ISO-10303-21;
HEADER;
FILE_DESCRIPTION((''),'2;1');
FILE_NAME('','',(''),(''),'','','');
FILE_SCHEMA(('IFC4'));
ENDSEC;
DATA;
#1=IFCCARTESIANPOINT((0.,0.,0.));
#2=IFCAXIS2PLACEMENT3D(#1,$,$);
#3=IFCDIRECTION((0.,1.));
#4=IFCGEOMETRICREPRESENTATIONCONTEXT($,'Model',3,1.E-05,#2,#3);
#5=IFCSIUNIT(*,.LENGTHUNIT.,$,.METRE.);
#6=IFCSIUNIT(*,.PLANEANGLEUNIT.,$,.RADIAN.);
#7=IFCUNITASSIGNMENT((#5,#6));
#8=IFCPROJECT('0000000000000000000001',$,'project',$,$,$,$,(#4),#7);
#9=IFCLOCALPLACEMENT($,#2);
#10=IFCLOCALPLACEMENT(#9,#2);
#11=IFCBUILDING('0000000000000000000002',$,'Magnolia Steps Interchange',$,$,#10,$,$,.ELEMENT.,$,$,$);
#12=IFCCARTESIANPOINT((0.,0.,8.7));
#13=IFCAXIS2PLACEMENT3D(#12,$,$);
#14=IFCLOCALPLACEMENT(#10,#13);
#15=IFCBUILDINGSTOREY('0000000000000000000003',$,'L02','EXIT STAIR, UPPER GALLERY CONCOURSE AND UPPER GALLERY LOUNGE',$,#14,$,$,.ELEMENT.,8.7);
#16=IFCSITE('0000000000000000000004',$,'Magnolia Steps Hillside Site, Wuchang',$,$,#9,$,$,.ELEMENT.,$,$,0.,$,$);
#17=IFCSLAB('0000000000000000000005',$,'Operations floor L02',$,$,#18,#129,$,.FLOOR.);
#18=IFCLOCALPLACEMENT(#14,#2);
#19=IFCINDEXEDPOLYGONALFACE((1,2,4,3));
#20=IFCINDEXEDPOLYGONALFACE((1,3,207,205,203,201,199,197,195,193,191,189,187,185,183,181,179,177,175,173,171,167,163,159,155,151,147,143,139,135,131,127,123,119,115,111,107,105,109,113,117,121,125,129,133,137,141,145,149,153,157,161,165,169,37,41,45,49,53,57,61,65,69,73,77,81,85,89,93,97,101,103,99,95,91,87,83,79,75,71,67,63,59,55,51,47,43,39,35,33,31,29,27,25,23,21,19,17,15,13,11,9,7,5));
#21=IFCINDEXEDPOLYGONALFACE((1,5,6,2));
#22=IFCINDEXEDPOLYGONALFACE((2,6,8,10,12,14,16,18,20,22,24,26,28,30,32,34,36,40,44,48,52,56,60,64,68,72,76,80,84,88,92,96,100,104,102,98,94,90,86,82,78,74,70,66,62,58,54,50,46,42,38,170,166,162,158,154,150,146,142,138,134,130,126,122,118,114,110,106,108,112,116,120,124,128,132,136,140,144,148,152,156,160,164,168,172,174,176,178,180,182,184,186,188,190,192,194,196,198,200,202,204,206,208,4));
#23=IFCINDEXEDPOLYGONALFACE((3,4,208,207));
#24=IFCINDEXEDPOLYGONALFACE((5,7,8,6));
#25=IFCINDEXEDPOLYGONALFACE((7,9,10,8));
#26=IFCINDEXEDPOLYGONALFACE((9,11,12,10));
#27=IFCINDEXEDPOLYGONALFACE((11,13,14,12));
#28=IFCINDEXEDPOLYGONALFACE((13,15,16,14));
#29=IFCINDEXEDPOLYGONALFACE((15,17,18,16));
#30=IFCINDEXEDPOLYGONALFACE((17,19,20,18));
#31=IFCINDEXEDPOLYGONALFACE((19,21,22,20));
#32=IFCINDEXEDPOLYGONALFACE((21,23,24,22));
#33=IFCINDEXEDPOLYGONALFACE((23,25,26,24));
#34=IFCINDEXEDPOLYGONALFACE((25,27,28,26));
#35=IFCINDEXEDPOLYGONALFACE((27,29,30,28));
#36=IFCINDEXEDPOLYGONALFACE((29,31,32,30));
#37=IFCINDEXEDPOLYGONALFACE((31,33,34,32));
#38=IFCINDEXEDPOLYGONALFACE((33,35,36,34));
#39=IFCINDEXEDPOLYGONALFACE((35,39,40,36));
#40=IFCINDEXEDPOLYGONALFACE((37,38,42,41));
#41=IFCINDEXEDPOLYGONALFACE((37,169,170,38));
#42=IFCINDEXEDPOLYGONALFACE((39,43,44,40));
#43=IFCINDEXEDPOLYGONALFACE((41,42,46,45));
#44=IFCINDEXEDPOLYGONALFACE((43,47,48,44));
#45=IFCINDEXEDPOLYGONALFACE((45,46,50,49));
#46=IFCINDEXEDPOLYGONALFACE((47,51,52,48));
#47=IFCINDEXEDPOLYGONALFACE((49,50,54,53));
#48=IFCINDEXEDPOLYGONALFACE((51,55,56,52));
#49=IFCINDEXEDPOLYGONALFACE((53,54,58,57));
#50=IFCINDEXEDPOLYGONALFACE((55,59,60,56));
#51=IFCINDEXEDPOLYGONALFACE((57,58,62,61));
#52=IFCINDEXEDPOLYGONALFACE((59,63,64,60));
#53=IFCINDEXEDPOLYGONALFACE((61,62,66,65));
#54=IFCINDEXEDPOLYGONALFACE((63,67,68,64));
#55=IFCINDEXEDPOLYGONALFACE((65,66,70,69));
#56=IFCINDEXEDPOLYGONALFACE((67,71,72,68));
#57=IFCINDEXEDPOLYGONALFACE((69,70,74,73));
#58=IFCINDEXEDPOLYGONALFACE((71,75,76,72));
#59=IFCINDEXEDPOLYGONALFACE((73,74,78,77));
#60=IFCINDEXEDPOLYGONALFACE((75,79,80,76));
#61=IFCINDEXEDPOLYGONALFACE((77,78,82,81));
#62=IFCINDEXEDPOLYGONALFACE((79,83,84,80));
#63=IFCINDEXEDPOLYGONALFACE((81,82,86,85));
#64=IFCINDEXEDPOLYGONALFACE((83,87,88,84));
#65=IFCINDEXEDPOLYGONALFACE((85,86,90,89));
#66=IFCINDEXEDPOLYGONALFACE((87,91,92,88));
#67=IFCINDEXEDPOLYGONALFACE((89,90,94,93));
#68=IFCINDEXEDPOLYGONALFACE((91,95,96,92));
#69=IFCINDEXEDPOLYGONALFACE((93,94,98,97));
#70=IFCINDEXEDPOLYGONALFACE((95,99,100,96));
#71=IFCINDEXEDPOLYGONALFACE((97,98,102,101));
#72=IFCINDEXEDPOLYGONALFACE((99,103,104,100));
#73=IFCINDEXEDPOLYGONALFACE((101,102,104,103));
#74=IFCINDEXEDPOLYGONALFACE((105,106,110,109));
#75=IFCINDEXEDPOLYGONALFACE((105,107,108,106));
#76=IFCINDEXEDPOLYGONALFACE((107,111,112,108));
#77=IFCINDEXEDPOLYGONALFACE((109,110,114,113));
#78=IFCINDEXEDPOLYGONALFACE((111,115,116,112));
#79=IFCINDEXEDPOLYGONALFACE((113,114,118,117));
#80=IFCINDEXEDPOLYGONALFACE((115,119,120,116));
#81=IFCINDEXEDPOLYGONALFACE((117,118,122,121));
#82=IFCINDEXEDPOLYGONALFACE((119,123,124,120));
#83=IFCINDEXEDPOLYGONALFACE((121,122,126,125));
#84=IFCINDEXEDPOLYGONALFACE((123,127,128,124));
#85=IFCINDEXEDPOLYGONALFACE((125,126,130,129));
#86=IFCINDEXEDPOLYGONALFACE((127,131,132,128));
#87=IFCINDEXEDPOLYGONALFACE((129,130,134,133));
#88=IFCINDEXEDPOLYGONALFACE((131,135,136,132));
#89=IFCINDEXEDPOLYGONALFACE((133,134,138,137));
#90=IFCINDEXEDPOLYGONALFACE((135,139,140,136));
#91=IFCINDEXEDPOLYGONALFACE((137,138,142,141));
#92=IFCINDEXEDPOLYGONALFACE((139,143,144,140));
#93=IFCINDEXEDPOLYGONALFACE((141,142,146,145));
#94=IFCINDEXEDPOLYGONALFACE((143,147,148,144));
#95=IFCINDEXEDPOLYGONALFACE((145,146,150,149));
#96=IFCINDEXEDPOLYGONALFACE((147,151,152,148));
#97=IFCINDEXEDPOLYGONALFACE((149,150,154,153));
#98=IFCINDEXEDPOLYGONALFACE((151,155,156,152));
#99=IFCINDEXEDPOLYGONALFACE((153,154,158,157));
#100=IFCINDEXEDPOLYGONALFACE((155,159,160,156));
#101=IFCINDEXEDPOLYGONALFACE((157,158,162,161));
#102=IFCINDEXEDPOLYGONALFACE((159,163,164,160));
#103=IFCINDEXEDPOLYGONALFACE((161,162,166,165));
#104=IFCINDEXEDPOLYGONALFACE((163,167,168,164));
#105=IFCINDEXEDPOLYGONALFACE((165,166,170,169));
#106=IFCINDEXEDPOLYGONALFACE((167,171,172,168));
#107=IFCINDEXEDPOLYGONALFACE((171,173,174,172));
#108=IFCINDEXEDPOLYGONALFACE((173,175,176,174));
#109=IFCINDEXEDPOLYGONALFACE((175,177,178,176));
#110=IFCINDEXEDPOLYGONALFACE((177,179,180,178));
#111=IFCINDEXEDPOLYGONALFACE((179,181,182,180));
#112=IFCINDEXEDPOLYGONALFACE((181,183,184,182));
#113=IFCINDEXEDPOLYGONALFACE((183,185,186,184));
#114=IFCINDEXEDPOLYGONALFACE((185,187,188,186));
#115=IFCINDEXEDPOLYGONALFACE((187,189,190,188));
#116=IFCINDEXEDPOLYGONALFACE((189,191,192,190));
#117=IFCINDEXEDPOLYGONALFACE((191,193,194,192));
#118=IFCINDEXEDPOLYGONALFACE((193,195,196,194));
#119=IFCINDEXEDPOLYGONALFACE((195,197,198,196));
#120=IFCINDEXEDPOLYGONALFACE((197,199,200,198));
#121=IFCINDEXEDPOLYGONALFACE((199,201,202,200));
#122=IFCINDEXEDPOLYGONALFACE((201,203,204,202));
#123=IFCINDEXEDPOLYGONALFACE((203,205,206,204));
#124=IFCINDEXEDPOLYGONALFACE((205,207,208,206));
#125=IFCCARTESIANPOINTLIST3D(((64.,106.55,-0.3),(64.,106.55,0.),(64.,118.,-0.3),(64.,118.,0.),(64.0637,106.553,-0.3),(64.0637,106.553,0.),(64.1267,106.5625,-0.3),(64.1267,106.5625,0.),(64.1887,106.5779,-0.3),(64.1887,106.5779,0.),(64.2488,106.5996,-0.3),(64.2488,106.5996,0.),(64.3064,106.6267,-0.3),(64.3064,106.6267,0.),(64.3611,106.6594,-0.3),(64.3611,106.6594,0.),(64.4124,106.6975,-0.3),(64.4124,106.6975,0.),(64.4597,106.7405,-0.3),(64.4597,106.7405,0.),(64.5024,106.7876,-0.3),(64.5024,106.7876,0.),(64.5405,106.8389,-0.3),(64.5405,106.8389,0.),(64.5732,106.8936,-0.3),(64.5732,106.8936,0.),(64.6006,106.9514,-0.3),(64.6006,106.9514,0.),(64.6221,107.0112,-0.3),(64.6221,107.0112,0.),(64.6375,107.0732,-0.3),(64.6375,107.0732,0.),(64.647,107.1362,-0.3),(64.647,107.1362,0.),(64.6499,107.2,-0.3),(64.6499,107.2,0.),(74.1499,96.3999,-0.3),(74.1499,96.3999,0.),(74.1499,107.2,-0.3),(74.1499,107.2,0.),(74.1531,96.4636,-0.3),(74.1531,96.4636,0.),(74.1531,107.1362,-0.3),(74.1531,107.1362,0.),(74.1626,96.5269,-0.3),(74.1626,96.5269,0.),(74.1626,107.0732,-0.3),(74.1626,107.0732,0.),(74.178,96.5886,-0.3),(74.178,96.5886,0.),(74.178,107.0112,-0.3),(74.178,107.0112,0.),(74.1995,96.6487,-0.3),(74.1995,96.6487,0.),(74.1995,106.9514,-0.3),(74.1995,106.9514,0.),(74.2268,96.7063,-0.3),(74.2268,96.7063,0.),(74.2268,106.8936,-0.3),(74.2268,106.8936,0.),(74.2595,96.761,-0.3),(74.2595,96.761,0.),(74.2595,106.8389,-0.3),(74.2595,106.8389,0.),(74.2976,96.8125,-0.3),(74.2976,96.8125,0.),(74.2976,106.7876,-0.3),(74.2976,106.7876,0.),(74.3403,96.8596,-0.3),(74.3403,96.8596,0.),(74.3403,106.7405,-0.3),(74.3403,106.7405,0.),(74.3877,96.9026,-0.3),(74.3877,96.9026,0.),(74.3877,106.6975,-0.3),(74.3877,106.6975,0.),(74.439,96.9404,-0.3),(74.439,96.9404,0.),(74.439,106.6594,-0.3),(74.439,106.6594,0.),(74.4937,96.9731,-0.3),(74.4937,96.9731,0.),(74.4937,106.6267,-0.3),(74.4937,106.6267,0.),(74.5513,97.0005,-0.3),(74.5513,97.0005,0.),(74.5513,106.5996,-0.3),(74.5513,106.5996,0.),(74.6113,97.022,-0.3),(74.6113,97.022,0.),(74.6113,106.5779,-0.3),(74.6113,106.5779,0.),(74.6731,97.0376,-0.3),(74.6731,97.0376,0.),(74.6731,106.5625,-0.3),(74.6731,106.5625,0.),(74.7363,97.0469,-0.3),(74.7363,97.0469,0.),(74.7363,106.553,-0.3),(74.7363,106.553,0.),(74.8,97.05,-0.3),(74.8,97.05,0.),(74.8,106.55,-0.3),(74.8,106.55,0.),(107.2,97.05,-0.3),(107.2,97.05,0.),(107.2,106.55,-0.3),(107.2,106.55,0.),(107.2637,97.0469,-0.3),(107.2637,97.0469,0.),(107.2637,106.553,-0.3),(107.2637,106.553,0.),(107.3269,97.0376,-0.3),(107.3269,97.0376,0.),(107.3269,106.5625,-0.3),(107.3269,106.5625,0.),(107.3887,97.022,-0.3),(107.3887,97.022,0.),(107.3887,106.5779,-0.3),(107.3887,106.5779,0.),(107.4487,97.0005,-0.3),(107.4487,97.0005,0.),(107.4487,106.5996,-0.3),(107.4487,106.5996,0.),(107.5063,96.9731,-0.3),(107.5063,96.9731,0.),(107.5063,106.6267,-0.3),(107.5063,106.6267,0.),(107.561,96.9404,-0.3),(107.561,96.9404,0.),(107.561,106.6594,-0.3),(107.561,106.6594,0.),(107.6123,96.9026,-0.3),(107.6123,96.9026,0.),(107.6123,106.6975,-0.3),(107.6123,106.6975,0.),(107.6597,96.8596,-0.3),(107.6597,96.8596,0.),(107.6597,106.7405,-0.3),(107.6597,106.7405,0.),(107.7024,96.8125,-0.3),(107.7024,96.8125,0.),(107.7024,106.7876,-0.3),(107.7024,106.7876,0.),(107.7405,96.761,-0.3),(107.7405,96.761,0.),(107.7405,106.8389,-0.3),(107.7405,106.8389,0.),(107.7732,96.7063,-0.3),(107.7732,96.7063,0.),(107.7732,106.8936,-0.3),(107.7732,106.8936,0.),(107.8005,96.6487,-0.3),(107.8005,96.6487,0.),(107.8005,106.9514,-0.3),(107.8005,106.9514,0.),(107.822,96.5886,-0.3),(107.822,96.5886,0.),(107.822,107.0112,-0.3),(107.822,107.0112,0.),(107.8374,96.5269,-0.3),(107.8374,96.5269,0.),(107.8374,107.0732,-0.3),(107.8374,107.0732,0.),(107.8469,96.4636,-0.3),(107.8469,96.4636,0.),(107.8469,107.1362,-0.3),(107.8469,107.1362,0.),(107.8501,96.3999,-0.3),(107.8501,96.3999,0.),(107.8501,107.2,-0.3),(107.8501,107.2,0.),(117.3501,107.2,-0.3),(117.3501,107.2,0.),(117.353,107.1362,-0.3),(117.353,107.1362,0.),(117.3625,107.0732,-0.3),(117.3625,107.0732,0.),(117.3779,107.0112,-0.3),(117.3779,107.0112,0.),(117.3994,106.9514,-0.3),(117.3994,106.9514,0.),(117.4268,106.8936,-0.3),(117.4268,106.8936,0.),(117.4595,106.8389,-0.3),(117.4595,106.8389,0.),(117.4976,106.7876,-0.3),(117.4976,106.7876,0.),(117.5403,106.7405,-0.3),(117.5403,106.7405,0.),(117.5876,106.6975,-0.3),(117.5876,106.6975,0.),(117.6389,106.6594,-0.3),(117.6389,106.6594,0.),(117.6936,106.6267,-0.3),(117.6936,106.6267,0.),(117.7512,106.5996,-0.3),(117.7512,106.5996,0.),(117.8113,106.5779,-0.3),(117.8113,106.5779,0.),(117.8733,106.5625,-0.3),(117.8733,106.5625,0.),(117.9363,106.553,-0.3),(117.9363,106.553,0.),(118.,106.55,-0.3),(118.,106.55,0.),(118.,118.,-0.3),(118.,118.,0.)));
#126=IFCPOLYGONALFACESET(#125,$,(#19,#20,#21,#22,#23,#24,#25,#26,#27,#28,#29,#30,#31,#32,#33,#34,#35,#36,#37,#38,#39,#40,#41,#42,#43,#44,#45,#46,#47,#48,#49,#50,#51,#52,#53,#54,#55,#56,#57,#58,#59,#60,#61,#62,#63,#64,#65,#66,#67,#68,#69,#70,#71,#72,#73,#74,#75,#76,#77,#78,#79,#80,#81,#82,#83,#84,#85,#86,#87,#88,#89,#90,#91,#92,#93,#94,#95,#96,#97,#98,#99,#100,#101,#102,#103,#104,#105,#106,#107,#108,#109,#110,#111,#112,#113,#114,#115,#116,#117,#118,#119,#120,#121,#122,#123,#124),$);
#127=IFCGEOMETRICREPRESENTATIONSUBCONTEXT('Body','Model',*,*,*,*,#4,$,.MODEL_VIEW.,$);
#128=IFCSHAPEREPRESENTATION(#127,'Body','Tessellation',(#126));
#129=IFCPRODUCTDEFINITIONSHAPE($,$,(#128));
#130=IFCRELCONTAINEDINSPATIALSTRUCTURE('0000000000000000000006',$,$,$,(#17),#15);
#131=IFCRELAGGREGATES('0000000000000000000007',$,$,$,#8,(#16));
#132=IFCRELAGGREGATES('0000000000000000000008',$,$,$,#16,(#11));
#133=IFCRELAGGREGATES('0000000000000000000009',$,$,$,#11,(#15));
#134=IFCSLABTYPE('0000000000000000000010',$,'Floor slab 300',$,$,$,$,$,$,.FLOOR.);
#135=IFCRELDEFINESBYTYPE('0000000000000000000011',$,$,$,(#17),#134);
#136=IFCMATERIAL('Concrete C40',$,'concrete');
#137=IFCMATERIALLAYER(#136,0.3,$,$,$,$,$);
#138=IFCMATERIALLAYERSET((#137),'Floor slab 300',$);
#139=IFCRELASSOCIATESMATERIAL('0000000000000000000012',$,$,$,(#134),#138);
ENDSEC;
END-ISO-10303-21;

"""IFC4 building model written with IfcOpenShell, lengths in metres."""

from ifc_helpers import new_model, si_unit, direction, frame, origin, place, context, subcontext, project, spatial, polyline, outline, extrude, material, layer, layer_set, type_object, element, save


model = new_model("IFC4")

# Units and contexts
model_context = context("Model", 3, precision=1e-05, world=origin(), true_north=direction((0.0, 1.0)))
body_context = subcontext(model_context, "Body", "Model", "MODEL_VIEW")
ifc_project = project(units=[si_unit("LENGTHUNIT", "METRE"), si_unit("PLANEANGLEUNIT", "RADIAN")], contexts=[model_context])

# Site, building, storey
site_placement = place(None, origin())
site = spatial("IfcSite", under=ifc_project, at=site_placement, Name="Magnolia Steps Hillside Site, Wuchang", CompositionType="ELEMENT", RefElevation=0.0)
building_placement = place(site_placement, origin())
building = spatial("IfcBuilding", under=site, at=building_placement, Name="Magnolia Steps Interchange", CompositionType="ELEMENT")
storey_placement = place(building_placement, frame((0.0, 0.0, 8.7)))
storey = spatial("IfcBuildingStorey", under=building, at=storey_placement, Name="L02", Description="EXIT STAIR, UPPER GALLERY CONCOURSE AND UPPER GALLERY LOUNGE", CompositionType="ELEMENT", Elevation=8.7)

# Slab
ifc_material_1 = material(Name="Concrete C40", Category="concrete")
ifc_layer_1 = layer(ifc_material_1, 0.3)
ifc_layer_set_1 = layer_set([ifc_layer_1], Name="Floor slab 300")
slab_type_1 = type_object("IfcSlabType", Name="Floor slab 300", PredefinedType="FLOOR", material=ifc_layer_set_1)
slab_1_placement = place(storey_placement, frame((0.0, 0.0, -0.3)))
element("IfcSlab", 1, at=slab_1_placement, inside=storey, type_object=slab_type_1, Name="Operations floor L02", PredefinedType="FLOOR", context=body_context, shape_type="SweptSolid", body=[
    extrude(outline(polyline([(64.0, 106.55), (64.0637, 106.553), (64.1267, 106.5625), (64.1887, 106.5779), (64.2488, 106.5996), (64.3064, 106.6267), (64.3611, 106.6594), (64.4124, 106.6975), (64.4597, 106.7405), (64.5024, 106.7876), (64.5405, 106.8389), (64.5732, 106.8936), (64.6006, 106.9514), (64.6221, 107.0112), (64.6375, 107.0732), (64.647, 107.1362), (64.6499, 107.2), (74.1499, 107.2), (74.1531, 107.1362), (74.1626, 107.0732), (74.178, 107.0112), (74.1995, 106.9514), (74.2268, 106.8936), (74.2595, 106.8389), (74.2976, 106.7876), (74.3403, 106.7405), (74.3877, 106.6975), (74.439, 106.6594), (74.4937, 106.6267), (74.5513, 106.5996), (74.6113, 106.5779), (74.6731, 106.5625), (74.7363, 106.553), (74.8, 106.55), (74.8, 97.05), (74.7363, 97.0469), (74.6731, 97.0376), (74.6113, 97.022), (74.5513, 97.0005), (74.4937, 96.9731), (74.439, 96.9404), (74.3877, 96.9026), (74.3403, 96.8596), (74.2976, 96.8125), (74.2595, 96.761), (74.2268, 96.7063), (74.1995, 96.6487), (74.178, 96.5886), (74.1626, 96.5269), (74.1531, 96.4636), (74.1499, 96.3999), (107.8501, 96.3999), (107.8469, 96.4636), (107.8374, 96.5269), (107.822, 96.5886), (107.8005, 96.6487), (107.7732, 96.7063), (107.7405, 96.761), (107.7024, 96.8125), (107.6597, 96.8596), (107.6123, 96.9026), (107.561, 96.9404), (107.5063, 96.9731), (107.4487, 97.0005), (107.3887, 97.022), (107.3269, 97.0376), (107.2637, 97.0469), (107.2, 97.05), (107.2, 106.55), (107.2637, 106.553), (107.3269, 106.5625), (107.3887, 106.5779), (107.4487, 106.5996), (107.5063, 106.6267), (107.561, 106.6594), (107.6123, 106.6975), (107.6597, 106.7405), (107.7024, 106.7876), (107.7405, 106.8389), (107.7732, 106.8936), (107.8005, 106.9514), (107.822, 107.0112), (107.8374, 107.0732), (107.8469, 107.1362), (107.8501, 107.2), (117.3501, 107.2), (117.353, 107.1362), (117.3625, 107.0732), (117.3779, 107.0112), (117.3994, 106.9514), (117.4268, 106.8936), (117.4595, 106.8389), (117.4976, 106.7876), (117.5403, 106.7405), (117.5876, 106.6975), (117.6389, 106.6594), (117.6936, 106.6267), (117.7512, 106.5996), (117.8113, 106.5779), (117.8733, 106.5625), (117.9363, 106.553), (118.0, 106.55), (118.0, 118.0), (64.0, 118.0), (64.0, 106.55)])), origin(), (0.0, 0.0, 1.0), 0.3),
])

save(model, "model.ifc")
